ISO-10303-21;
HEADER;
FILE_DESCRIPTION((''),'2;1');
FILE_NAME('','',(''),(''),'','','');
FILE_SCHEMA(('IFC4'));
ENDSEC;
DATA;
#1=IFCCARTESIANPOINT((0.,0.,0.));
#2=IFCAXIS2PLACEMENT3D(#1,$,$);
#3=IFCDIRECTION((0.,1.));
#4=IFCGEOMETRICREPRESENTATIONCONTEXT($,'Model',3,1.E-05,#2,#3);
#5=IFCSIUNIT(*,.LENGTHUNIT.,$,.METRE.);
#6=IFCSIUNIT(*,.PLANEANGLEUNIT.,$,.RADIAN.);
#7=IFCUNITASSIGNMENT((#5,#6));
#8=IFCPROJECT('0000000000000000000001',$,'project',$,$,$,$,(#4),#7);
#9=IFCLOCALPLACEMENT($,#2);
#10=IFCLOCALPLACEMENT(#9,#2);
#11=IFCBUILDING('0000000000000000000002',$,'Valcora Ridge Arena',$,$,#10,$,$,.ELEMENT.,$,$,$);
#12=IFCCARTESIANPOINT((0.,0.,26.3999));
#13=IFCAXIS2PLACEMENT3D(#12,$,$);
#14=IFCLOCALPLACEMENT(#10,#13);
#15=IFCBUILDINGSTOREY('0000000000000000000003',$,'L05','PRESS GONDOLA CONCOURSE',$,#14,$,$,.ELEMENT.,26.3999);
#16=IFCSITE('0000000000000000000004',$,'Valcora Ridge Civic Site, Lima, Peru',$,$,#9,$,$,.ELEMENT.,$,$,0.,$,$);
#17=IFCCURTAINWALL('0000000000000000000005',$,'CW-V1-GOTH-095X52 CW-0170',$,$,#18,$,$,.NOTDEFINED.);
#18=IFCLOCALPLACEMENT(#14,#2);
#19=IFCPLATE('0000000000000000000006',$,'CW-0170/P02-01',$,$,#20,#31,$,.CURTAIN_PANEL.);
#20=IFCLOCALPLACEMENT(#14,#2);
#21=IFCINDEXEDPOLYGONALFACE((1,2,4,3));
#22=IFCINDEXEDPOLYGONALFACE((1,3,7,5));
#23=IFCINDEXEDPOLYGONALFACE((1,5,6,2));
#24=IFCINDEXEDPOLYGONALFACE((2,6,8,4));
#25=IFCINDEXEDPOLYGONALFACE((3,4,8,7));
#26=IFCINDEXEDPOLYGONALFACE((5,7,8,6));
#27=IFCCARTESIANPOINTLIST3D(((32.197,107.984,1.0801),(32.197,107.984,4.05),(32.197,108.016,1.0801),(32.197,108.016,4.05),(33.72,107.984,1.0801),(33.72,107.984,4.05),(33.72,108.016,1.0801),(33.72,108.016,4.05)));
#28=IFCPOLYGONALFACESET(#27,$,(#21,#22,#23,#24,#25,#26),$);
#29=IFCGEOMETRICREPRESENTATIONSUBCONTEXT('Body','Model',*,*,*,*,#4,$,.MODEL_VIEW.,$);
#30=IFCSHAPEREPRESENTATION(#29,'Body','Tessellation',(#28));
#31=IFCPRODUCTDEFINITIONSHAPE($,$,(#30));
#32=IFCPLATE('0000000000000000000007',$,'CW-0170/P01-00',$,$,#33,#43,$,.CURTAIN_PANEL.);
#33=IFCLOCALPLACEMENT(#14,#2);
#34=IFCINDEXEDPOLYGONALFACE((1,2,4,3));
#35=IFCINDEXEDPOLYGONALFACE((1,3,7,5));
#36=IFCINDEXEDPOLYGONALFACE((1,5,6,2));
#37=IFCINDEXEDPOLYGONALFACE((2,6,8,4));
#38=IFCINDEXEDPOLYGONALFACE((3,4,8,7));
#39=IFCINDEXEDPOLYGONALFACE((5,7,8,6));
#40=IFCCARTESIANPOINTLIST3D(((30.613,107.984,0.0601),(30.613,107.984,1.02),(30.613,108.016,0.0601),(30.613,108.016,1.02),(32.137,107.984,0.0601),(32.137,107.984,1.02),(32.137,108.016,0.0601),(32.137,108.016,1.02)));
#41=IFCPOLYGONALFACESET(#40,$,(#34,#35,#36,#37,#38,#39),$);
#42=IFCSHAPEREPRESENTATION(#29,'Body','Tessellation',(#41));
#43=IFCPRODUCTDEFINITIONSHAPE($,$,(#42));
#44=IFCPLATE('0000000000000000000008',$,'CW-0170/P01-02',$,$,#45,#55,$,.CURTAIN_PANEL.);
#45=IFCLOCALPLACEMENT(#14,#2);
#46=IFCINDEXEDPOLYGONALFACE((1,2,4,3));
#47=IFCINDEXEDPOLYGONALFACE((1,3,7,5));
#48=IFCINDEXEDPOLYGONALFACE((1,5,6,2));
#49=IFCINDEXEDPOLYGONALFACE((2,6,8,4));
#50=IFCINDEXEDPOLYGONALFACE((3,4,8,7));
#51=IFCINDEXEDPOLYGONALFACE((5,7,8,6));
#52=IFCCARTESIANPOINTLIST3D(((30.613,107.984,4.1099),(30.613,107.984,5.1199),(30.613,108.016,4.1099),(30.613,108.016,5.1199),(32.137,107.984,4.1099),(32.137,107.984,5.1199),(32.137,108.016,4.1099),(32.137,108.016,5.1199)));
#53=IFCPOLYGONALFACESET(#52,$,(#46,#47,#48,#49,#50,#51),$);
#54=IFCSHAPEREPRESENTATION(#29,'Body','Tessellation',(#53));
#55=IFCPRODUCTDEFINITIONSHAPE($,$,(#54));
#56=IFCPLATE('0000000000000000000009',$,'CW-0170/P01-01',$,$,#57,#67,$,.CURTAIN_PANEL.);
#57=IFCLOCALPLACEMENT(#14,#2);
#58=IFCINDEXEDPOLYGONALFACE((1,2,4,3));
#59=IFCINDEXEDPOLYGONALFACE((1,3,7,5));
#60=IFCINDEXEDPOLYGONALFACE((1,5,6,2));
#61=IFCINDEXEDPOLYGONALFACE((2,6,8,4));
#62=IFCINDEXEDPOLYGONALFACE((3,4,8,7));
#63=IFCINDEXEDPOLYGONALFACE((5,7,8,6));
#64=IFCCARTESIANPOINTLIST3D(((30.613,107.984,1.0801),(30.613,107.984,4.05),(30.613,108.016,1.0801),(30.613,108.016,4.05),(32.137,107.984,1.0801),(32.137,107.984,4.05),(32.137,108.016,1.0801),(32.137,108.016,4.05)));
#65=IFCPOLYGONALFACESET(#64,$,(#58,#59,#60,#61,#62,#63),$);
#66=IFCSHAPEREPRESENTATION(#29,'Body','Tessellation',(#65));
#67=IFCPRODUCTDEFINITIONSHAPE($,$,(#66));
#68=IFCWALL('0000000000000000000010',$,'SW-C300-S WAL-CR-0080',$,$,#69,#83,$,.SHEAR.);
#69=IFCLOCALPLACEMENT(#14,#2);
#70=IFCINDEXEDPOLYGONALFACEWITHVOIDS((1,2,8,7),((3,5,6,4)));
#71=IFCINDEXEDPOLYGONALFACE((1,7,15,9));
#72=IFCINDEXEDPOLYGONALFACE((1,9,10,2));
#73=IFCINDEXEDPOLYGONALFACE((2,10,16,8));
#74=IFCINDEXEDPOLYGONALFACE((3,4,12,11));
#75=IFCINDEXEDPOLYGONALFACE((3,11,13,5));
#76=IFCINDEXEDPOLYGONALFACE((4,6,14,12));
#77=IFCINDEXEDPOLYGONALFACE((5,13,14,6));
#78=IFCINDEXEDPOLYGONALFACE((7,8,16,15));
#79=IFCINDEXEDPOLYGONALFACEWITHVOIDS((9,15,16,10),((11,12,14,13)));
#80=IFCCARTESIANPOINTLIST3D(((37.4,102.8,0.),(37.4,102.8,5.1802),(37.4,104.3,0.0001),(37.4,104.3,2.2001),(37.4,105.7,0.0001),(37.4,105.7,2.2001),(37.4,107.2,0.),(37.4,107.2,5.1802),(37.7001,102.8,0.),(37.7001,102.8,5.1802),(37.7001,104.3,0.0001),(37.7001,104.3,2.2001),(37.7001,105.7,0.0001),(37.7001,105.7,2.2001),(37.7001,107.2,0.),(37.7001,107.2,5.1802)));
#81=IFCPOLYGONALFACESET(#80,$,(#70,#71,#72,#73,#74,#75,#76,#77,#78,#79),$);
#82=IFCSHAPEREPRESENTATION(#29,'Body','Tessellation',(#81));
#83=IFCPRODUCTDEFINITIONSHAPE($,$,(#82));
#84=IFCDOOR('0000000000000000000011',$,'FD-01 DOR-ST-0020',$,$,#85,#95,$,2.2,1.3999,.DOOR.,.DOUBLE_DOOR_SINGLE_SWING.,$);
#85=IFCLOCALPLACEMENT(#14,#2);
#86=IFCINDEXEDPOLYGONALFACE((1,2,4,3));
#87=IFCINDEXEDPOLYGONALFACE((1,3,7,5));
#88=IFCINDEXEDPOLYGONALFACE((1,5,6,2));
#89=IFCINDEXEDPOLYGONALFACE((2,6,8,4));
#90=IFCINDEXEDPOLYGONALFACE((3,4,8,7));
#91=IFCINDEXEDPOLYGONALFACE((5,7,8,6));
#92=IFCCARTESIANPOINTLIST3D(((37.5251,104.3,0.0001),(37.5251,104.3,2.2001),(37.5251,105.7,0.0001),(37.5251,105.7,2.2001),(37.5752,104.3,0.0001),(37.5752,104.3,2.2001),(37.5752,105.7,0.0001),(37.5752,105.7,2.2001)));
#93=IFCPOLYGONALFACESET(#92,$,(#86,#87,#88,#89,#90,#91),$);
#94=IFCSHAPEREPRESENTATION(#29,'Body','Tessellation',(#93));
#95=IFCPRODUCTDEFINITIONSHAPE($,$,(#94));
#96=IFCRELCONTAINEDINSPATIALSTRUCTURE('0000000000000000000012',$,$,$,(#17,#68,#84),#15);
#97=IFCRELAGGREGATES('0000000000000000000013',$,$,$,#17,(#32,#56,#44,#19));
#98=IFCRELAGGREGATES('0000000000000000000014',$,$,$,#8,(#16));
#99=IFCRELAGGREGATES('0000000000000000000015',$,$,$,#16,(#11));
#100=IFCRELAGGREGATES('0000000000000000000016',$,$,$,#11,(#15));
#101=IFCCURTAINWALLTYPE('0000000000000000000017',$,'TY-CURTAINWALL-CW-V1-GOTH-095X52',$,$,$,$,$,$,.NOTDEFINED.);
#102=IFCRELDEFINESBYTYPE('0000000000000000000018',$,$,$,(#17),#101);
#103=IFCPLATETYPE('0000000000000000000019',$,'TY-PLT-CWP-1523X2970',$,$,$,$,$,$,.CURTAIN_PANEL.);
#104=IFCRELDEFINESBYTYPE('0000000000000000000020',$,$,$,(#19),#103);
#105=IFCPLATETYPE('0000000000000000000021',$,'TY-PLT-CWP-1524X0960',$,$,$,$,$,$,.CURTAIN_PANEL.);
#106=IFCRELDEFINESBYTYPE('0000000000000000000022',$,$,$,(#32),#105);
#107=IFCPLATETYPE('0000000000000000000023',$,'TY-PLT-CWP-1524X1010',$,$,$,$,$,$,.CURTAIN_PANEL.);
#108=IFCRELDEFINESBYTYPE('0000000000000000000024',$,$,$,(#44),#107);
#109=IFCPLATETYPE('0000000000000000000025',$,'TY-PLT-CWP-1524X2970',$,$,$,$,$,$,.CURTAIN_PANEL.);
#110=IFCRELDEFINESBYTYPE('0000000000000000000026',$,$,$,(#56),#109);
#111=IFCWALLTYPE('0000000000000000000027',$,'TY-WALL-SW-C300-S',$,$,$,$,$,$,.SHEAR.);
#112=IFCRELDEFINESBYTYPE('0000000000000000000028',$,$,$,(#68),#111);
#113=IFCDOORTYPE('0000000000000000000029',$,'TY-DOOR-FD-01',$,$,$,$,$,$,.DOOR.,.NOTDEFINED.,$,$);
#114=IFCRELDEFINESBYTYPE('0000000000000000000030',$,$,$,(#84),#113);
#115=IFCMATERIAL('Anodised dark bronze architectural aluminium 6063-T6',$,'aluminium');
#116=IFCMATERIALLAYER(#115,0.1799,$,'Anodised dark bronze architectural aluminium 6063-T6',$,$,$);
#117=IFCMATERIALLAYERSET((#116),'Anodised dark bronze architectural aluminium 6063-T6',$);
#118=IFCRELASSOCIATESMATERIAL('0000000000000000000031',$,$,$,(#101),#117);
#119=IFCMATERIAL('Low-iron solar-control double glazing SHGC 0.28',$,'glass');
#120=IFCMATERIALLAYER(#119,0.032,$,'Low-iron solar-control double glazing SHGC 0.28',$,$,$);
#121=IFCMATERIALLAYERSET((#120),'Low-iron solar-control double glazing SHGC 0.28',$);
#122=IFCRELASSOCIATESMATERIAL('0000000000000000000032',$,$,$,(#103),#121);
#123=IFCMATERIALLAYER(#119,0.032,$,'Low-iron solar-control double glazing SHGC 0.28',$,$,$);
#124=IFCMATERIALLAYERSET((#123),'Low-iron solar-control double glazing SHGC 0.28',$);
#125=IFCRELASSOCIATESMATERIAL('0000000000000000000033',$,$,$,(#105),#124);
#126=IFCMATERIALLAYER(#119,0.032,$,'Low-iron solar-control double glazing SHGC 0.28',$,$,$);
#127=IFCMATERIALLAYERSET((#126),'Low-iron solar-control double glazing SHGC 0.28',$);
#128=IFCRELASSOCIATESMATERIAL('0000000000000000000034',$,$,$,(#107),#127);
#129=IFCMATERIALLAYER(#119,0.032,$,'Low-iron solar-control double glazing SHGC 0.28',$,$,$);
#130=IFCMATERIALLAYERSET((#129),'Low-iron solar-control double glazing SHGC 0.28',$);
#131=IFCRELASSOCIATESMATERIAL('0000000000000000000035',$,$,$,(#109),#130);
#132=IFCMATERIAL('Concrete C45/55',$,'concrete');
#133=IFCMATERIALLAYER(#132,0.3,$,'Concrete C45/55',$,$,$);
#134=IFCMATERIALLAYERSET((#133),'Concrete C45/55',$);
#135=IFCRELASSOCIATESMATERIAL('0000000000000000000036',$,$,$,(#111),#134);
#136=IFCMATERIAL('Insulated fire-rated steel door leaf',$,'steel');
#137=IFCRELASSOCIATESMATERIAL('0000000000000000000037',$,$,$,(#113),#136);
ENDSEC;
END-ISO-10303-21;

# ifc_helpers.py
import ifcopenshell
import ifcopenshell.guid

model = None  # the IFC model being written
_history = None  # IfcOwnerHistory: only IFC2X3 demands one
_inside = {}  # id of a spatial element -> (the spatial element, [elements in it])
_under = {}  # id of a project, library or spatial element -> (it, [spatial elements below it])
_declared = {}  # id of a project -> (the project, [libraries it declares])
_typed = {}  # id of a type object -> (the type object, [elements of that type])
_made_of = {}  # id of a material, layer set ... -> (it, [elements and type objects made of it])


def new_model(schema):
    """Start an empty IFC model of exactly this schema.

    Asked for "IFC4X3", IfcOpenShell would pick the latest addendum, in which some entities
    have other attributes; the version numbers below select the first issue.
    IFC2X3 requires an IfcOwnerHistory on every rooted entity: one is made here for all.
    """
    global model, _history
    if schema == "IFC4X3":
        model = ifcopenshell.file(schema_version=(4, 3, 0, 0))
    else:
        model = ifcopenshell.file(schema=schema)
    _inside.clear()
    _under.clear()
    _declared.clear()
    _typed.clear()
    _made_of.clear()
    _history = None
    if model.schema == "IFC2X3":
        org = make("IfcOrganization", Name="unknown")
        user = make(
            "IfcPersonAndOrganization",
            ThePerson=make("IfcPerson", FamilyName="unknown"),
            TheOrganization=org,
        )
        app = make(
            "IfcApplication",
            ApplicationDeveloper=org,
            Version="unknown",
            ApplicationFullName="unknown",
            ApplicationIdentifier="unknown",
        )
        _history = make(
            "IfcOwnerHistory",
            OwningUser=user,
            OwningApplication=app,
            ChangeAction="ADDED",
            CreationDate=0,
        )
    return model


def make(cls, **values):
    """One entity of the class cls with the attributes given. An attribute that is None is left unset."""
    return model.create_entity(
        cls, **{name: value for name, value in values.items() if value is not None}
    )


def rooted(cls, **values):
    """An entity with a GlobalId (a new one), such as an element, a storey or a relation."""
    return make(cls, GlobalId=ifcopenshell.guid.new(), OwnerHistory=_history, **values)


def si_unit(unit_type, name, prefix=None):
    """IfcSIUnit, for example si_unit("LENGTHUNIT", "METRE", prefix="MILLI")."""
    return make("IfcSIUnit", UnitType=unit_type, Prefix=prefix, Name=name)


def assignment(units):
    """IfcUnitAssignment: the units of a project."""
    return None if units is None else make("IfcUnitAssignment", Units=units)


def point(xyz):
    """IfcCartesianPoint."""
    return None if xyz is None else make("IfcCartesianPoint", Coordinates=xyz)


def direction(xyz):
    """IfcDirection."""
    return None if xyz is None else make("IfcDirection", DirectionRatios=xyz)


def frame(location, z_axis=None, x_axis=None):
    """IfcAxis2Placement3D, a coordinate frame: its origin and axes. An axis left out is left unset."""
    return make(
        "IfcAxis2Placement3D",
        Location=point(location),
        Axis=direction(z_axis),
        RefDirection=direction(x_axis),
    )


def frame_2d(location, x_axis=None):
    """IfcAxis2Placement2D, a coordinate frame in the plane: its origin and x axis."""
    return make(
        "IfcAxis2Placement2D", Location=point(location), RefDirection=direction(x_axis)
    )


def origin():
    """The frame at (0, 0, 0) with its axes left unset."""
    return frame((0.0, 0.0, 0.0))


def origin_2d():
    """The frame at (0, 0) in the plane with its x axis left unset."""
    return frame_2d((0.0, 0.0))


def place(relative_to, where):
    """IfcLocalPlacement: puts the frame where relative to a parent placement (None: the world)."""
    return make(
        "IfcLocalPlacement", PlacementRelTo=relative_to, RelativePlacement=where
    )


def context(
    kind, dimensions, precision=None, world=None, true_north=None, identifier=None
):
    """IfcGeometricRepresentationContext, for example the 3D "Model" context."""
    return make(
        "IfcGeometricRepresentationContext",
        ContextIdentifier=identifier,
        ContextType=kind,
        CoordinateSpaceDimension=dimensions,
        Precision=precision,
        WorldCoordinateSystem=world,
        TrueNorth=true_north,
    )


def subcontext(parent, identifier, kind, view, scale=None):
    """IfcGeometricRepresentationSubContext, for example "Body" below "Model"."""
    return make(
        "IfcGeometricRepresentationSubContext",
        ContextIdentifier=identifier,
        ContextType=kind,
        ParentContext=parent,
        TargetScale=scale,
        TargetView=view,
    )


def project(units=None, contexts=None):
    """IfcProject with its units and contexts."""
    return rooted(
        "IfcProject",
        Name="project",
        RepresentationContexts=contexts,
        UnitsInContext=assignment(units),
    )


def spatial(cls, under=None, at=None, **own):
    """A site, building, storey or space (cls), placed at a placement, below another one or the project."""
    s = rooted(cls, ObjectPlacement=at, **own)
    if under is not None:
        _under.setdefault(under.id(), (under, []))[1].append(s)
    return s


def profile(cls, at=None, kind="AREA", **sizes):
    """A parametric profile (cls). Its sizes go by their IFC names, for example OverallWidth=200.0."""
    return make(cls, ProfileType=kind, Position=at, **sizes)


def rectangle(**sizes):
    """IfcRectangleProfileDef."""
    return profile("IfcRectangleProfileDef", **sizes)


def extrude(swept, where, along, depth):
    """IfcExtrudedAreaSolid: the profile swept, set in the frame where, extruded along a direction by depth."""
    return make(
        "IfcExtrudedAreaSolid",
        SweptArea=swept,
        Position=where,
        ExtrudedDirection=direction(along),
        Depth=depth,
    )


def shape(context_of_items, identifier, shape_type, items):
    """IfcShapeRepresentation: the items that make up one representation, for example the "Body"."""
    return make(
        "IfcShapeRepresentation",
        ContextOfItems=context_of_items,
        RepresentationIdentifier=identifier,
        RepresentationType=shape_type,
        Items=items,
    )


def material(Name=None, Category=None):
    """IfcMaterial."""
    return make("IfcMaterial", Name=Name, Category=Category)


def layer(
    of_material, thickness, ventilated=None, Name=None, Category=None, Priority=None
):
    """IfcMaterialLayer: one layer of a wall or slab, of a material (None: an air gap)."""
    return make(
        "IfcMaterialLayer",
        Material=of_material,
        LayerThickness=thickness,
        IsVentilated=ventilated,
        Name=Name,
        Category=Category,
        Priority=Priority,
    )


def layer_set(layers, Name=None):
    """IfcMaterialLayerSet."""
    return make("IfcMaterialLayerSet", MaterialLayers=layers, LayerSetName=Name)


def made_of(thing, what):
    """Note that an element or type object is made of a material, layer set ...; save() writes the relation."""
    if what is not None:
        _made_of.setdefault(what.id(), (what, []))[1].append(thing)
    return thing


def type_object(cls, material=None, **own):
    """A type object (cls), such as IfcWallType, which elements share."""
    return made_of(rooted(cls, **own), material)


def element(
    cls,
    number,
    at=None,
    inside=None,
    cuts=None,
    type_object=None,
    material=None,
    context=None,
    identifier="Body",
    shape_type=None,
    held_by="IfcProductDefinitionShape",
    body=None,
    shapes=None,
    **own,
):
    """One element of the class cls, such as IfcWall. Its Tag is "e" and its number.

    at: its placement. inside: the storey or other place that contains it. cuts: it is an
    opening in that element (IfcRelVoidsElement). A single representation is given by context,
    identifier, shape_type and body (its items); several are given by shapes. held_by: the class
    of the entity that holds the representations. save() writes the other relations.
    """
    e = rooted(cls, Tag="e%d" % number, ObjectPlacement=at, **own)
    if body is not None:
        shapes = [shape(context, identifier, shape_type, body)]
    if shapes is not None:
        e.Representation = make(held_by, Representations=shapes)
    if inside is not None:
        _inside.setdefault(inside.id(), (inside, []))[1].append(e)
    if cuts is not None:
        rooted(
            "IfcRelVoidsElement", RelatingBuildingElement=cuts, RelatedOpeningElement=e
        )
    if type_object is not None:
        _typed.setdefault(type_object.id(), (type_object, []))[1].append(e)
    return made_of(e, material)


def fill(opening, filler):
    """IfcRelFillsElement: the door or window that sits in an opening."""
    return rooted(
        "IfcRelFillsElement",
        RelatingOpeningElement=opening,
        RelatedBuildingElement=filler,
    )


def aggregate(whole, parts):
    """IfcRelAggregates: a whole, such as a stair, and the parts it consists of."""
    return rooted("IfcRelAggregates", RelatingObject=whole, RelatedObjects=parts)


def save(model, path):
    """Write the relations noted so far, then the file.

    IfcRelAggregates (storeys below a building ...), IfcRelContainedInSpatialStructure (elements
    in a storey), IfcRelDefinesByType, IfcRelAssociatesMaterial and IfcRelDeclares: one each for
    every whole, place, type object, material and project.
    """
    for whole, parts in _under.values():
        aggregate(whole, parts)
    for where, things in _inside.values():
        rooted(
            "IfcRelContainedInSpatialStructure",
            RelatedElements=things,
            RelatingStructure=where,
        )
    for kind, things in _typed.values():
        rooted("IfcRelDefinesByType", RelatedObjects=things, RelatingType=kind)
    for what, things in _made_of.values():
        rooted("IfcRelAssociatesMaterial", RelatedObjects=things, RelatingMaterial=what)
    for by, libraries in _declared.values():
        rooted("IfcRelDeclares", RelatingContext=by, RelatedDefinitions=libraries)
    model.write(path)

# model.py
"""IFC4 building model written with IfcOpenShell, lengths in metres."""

from ifc_helpers import new_model, si_unit, direction, frame, frame_2d, origin, origin_2d, place, context, subcontext, project, spatial, rectangle, extrude, material, layer, layer_set, type_object, element, fill, aggregate, save


model = new_model("IFC4")

# Units and contexts
model_context = context("Model", 3, precision=1e-05, world=origin(), true_north=direction((0.0, 1.0)))
body_context = subcontext(model_context, "Body", "Model", "MODEL_VIEW")
ifc_project = project(units=[si_unit("LENGTHUNIT", "METRE"), si_unit("PLANEANGLEUNIT", "RADIAN")], contexts=[model_context])

# Site, building, storey
site_placement = place(None, origin())
site = spatial("IfcSite", under=ifc_project, at=site_placement, Name="Valcora Ridge Civic Site, Lima, Peru", CompositionType="ELEMENT", RefElevation=0.0)
building_placement = place(site_placement, origin())
building = spatial("IfcBuilding", under=site, at=building_placement, Name="Valcora Ridge Arena", CompositionType="ELEMENT")
storey_placement = place(building_placement, frame((0.0, 0.0, 26.3999)))
storey = spatial("IfcBuildingStorey", under=building, at=storey_placement, Name="L05", Description="PRESS GONDOLA CONCOURSE", CompositionType="ELEMENT", Elevation=26.3999)

# Curtain wall
ifc_material_1 = material(Name="Anodised dark bronze architectural aluminium 6063-T6", Category="aluminium")
ifc_layer_1 = layer(ifc_material_1, 0.1799, Name="Anodised dark bronze architectural aluminium 6063-T6")
ifc_layer_set_1 = layer_set([ifc_layer_1], Name="Anodised dark bronze architectural aluminium 6063-T6")
curtain_wall_type = type_object("IfcCurtainWallType", Name="TY-CURTAINWALL-CW-V1-GOTH-095X52", PredefinedType="NOTDEFINED", material=ifc_layer_set_1)
curtain_wall_placement = place(storey_placement, origin())
curtain_wall = element("IfcCurtainWall", 1, at=curtain_wall_placement, inside=storey, type_object=curtain_wall_type, Name="CW-V1-GOTH-095X52 CW-0170", PredefinedType="NOTDEFINED")

# Plates
ifc_material_2 = material(Name="Low-iron solar-control double glazing SHGC 0.28", Category="glass")
ifc_layer_2 = layer(ifc_material_2, 0.032, Name="Low-iron solar-control double glazing SHGC 0.28")
ifc_layer_set_2 = layer_set([ifc_layer_2], Name="Low-iron solar-control double glazing SHGC 0.28")
plate_type_1 = type_object("IfcPlateType", Name="TY-PLT-CWP-1523X2970", PredefinedType="CURTAIN_PANEL", material=ifc_layer_set_2)
plate_1_placement = place(storey_placement, frame((32.9585, 108.0, 1.0801), z_axis=(0.0, 0.0, 1.0), x_axis=(1.0, 0.0, 0.0)))
plate_1 = element("IfcPlate", 2, at=plate_1_placement, type_object=plate_type_1, Name="CW-0170/P02-01", PredefinedType="CURTAIN_PANEL", context=body_context, shape_type="SweptSolid", body=[
    extrude(rectangle(XDim=1.5229, YDim=0.032, at=origin_2d()), origin(), (0.0, 0.0, 1.0), 2.97),
])
ifc_layer_3 = layer(ifc_material_2, 0.032, Name="Low-iron solar-control double glazing SHGC 0.28")
ifc_layer_set_3 = layer_set([ifc_layer_3], Name="Low-iron solar-control double glazing SHGC 0.28")
plate_type_2 = type_object("IfcPlateType", Name="TY-PLT-CWP-1524X0960", PredefinedType="CURTAIN_PANEL", material=ifc_layer_set_3)
plate_2_placement = place(storey_placement, frame((31.375, 108.0, 0.0601), z_axis=(0.0, 0.0, 1.0), x_axis=(1.0, 0.0, 0.0)))
plate_2 = element("IfcPlate", 3, at=plate_2_placement, type_object=plate_type_2, Name="CW-0170/P01-00", PredefinedType="CURTAIN_PANEL", context=body_context, shape_type="SweptSolid", body=[
    extrude(rectangle(XDim=1.5239, YDim=0.032, at=origin_2d()), origin(), (0.0, 0.0, 1.0), 0.96),
])
ifc_layer_4 = layer(ifc_material_2, 0.032, Name="Low-iron solar-control double glazing SHGC 0.28")
ifc_layer_set_4 = layer_set([ifc_layer_4], Name="Low-iron solar-control double glazing SHGC 0.28")
plate_type_3 = type_object("IfcPlateType", Name="TY-PLT-CWP-1524X1010", PredefinedType="CURTAIN_PANEL", material=ifc_layer_set_4)
plate_3_placement = place(storey_placement, frame((31.375, 108.0, 4.1099), z_axis=(0.0, 0.0, 1.0), x_axis=(1.0, 0.0, 0.0)))
plate_3 = element("IfcPlate", 4, at=plate_3_placement, type_object=plate_type_3, Name="CW-0170/P01-02", PredefinedType="CURTAIN_PANEL", context=body_context, shape_type="SweptSolid", body=[
    extrude(rectangle(XDim=1.5239, YDim=0.032, at=origin_2d()), origin(), (0.0, 0.0, 1.0), 1.01),
])
ifc_layer_5 = layer(ifc_material_2, 0.032, Name="Low-iron solar-control double glazing SHGC 0.28")
ifc_layer_set_5 = layer_set([ifc_layer_5], Name="Low-iron solar-control double glazing SHGC 0.28")
plate_type_4 = type_object("IfcPlateType", Name="TY-PLT-CWP-1524X2970", PredefinedType="CURTAIN_PANEL", material=ifc_layer_set_5)
plate_4_placement = place(storey_placement, frame((31.375, 108.0, 1.0801), z_axis=(0.0, 0.0, 1.0), x_axis=(1.0, 0.0, 0.0)))
plate_4 = element("IfcPlate", 5, at=plate_4_placement, type_object=plate_type_4, Name="CW-0170/P01-01", PredefinedType="CURTAIN_PANEL", context=body_context, shape_type="SweptSolid", body=[
    extrude(rectangle(XDim=1.5239, YDim=0.032, at=origin_2d()), origin(), (0.0, 0.0, 1.0), 2.97),
])
aggregate(curtain_wall, [plate_2, plate_4, plate_3, plate_1])

# Wall, opening, door
ifc_material_3 = material(Name="Concrete C45/55", Category="concrete")
ifc_layer_6 = layer(ifc_material_3, 0.3, Name="Concrete C45/55")
ifc_layer_set_6 = layer_set([ifc_layer_6], Name="Concrete C45/55")
wall_type = type_object("IfcWallType", Name="TY-WALL-SW-C300-S", PredefinedType="SHEAR", material=ifc_layer_set_6)
wall_placement = place(storey_placement, frame((37.55, 102.8, 0.0), z_axis=(0.0, 0.0, 1.0), x_axis=(0.0, 1.0, 0.0)))
wall = element("IfcWall", 6, at=wall_placement, inside=storey, type_object=wall_type, Name="SW-C300-S WAL-CR-0080", PredefinedType="SHEAR", context=body_context, shape_type="SweptSolid", body=[
    extrude(rectangle(XDim=4.3999, YDim=0.3, at=frame_2d((2.2, 0.0))), origin(), (0.0, 0.0, 1.0), 5.1802),
])
opening_placement = place(wall_placement, frame((1.5, 0.0, 0.0)))
opening = element("IfcOpeningElement", 7, at=opening_placement, cuts=wall, PredefinedType="OPENING", context=body_context, shape_type="SweptSolid", body=[
    extrude(rectangle(XDim=1.3999, YDim=2.2, at=frame_2d((0.7, 1.1001))), frame((0.0, 0.1599, 0.0), z_axis=(0.0, -1.0, 0.0), x_axis=(1.0, 0.0, 0.0)), (0.0, 0.0, 1.0), 0.3201),
])
ifc_material_4 = material(Name="Insulated fire-rated steel door leaf", Category="steel")
door_type = type_object("IfcDoorType", Name="TY-DOOR-FD-01", OperationType="NOTDEFINED", PredefinedType="DOOR", material=ifc_material_4)
door_placement = place(opening_placement, origin())
door = element("IfcDoor", 8, at=door_placement, inside=storey, type_object=door_type, Name="FD-01 DOR-ST-0020", OperationType="DOUBLE_DOOR_SINGLE_SWING", OverallHeight=2.2, OverallWidth=1.3999, PredefinedType="DOOR", context=body_context, shape_type="SweptSolid", body=[
    extrude(rectangle(XDim=1.3999, YDim=2.2, at=frame_2d((0.7, 1.1001))), frame((0.0, 0.0249, 0.0), z_axis=(0.0, -1.0, 0.0), x_axis=(1.0, 0.0, 0.0)), (0.0, 0.0, 1.0), 0.05),
])
fill(opening, door)

save(model, "model.ifc")
